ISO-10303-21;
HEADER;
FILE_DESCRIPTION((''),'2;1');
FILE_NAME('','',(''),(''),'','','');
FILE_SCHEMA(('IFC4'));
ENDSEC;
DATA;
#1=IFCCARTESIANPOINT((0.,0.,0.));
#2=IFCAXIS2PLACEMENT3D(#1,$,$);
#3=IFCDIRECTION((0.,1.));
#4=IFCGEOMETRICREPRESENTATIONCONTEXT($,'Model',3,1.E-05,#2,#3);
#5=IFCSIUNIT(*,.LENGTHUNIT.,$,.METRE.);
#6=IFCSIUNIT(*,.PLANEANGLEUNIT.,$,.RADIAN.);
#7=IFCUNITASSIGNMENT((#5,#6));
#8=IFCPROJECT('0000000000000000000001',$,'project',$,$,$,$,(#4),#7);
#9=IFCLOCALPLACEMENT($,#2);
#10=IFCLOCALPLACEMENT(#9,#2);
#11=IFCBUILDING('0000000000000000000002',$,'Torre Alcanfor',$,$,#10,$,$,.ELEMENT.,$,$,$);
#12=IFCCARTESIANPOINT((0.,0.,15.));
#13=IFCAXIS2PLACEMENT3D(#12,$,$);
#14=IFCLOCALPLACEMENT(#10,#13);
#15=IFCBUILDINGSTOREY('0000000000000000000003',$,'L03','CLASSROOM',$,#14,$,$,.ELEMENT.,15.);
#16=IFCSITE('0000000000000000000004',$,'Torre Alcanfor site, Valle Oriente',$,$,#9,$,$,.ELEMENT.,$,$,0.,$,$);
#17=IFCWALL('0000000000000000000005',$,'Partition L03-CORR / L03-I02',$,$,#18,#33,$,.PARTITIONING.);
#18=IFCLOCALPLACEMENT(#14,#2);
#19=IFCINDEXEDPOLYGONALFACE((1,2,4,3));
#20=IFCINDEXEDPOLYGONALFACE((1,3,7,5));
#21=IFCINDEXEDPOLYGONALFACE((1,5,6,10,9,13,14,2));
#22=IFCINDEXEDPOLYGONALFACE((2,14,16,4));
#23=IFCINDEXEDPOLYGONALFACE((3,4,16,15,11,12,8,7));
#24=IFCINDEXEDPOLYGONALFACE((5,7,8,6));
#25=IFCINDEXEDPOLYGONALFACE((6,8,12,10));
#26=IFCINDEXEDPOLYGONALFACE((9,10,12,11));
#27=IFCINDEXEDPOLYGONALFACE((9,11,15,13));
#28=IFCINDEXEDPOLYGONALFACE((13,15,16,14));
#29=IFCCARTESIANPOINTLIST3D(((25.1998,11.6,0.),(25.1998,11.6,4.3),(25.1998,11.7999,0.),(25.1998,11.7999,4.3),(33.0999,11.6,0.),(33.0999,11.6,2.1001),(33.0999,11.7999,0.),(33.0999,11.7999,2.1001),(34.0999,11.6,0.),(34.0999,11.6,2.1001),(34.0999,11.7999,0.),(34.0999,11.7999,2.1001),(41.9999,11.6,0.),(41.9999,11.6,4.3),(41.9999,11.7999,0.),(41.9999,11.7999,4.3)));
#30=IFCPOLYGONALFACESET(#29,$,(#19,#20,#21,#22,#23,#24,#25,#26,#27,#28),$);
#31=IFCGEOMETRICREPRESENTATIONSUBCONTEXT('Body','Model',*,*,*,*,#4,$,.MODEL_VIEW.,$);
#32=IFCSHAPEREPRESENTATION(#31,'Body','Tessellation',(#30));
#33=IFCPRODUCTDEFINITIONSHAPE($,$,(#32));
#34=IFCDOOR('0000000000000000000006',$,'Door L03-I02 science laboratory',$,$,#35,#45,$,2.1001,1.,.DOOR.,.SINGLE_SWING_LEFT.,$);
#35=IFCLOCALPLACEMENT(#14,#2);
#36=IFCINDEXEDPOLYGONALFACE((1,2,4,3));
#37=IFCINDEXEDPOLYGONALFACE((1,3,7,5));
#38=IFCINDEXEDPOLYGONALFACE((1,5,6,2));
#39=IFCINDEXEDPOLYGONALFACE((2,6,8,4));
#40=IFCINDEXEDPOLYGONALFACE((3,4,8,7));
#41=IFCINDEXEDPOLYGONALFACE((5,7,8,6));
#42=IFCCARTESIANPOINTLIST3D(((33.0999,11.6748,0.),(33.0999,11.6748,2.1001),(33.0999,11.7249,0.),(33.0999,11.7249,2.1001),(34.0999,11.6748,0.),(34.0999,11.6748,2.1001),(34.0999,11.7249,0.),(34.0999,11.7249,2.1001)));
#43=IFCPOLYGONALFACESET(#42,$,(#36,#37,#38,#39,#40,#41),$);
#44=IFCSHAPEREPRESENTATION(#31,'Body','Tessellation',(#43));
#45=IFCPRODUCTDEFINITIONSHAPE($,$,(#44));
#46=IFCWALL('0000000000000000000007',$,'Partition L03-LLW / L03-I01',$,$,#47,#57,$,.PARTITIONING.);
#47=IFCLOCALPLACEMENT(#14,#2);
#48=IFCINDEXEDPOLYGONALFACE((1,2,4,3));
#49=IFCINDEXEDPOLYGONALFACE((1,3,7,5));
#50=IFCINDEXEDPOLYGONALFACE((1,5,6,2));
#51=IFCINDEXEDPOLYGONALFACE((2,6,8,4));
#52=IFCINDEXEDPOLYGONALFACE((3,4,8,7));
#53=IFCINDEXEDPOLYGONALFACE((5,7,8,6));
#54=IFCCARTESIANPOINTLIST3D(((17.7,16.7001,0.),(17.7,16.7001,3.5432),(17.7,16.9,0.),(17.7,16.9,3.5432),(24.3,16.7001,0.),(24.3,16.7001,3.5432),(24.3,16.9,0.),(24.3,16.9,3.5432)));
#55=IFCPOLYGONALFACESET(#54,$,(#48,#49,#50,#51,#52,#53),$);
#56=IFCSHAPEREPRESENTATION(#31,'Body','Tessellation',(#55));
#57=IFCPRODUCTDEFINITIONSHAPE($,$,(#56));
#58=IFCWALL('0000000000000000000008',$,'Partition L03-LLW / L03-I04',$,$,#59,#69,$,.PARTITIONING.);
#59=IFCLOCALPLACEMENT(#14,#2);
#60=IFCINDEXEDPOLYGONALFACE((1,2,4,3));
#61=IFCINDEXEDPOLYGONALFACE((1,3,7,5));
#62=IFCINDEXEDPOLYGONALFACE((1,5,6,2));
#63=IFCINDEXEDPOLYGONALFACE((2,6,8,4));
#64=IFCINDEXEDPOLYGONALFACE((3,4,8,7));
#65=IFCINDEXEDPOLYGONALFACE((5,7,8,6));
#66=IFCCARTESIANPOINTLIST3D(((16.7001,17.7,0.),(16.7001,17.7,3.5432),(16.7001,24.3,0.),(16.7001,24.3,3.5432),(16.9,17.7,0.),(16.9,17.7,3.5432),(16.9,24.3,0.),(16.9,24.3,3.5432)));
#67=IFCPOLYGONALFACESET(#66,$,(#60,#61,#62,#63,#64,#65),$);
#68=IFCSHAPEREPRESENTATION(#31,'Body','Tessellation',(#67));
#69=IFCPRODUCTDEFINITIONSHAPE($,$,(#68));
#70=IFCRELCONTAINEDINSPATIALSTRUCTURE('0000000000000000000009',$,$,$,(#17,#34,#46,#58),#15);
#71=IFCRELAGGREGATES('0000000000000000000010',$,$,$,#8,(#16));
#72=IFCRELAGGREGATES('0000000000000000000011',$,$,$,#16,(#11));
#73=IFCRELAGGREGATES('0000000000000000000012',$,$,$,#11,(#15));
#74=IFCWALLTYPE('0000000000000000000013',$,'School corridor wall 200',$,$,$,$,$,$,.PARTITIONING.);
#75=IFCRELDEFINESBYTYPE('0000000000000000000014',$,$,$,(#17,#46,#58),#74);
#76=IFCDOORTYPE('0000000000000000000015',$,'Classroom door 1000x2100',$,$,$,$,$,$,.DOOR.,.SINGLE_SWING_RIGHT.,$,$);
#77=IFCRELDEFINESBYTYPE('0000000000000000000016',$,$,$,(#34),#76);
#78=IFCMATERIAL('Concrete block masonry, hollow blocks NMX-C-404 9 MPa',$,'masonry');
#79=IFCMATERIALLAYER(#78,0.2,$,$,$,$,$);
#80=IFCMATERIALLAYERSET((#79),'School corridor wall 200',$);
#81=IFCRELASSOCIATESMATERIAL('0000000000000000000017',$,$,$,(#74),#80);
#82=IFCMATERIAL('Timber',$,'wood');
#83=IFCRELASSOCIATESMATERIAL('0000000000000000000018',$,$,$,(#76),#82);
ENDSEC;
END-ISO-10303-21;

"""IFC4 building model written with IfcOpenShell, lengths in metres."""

from ifc_helpers import new_model, si_unit, direction, frame, frame_2d, origin, place, context, subcontext, project, spatial, rectangle, extrude, material, layer, layer_set, type_object, element, fill, save


model = new_model("IFC4")

# Units and contexts
model_context = context("Model", 3, precision=1e-05, world=origin(), true_north=direction((0.0, 1.0)))
body_context = subcontext(model_context, "Body", "Model", "MODEL_VIEW")
ifc_project = project(units=[si_unit("LENGTHUNIT", "METRE"), si_unit("PLANEANGLEUNIT", "RADIAN")], contexts=[model_context])

# Site, building, storey
site_placement = place(None, origin())
site = spatial("IfcSite", under=ifc_project, at=site_placement, Name="Torre Alcanfor site, Valle Oriente", CompositionType="ELEMENT", RefElevation=0.0)
building_placement = place(site_placement, origin())
building = spatial("IfcBuilding", under=site, at=building_placement, Name="Torre Alcanfor", CompositionType="ELEMENT")
storey_placement = place(building_placement, frame((0.0, 0.0, 15.0)))
storey = spatial("IfcBuildingStorey", under=building, at=storey_placement, Name="L03", Description="CLASSROOM", CompositionType="ELEMENT", Elevation=15.0)

# Wall, opening, door
ifc_material_1 = material(Name="Concrete block masonry, hollow blocks NMX-C-404 9 MPa", Category="masonry")
ifc_layer_1 = layer(ifc_material_1, 0.2)
ifc_layer_set_1 = layer_set([ifc_layer_1], Name="School corridor wall 200")
wall_type_1 = type_object("IfcWallType", Name="School corridor wall 200", PredefinedType="PARTITIONING", material=ifc_layer_set_1)
ifc_material_2 = material(Name="Timber", Category="wood")
door_type = type_object("IfcDoorType", Name="Classroom door 1000x2100", OperationType="SINGLE_SWING_RIGHT", PredefinedType="DOOR", material=ifc_material_2)
wall_1_placement = place(storey_placement, frame((25.2, 11.7, 0.0), z_axis=(0.0, 0.0, 1.0), x_axis=(1.0, 0.0, 0.0)))
wall_1 = element("IfcWall", 1, at=wall_1_placement, inside=storey, type_object=wall_type_1, Name="Partition L03-CORR / L03-I02", PredefinedType="PARTITIONING", context=body_context, shape_type="SweptSolid", body=[
    extrude(rectangle(XDim=16.8, YDim=0.2, at=frame_2d((8.3999, 0.0))), origin(), (0.0, 0.0, 1.0), 4.3),
])
opening_1_placement = place(wall_1_placement, frame((7.8999, 0.0, 0.0)))
opening_1 = element("IfcOpeningElement", 2, at=opening_1_placement, cuts=wall_1, PredefinedType="OPENING", context=body_context, shape_type="SweptSolid", body=[
    extrude(rectangle(XDim=1.0, YDim=2.1001, at=frame_2d((0.5, 1.05))), frame((0.0, 0.1099, 0.0), z_axis=(0.0, -1.0, 0.0), x_axis=(1.0, 0.0, 0.0)), (0.0, 0.0, 1.0), 0.22),
])
door_1_placement = place(opening_1_placement, origin())
door_1 = element("IfcDoor", 3, at=door_1_placement, inside=storey, type_object=door_type, Name="Door L03-I02 science laboratory", OperationType="SINGLE_SWING_LEFT", OverallHeight=2.1001, OverallWidth=1.0, PredefinedType="DOOR", context=body_context, shape_type="SweptSolid", body=[
    extrude(rectangle(XDim=1.0, YDim=2.1001, at=frame_2d((0.5, 1.05))), frame((0.0, 0.0249, 0.0), z_axis=(0.0, -1.0, 0.0), x_axis=(1.0, 0.0, 0.0)), (0.0, 0.0, 1.0), 0.05),
])
fill(opening_1, door_1)

# Walls
for number, where, z_axis, x_axis, name in (
    (4, (24.3, 16.8, 0.0), (0.0, 0.0, 1.0), (-1.0, 0.0, 0.0), "Partition L03-LLW / L03-I01"),
    (5, (16.8, 17.7, 0.0), (0.0, 0.0, 1.0), (0.0, 1.0, 0.0), "Partition L03-LLW / L03-I04"),
):
    element("IfcWall", number, at=place(storey_placement, frame(where, z_axis=z_axis, x_axis=x_axis)), inside=storey, type_object=wall_type_1, Name=name, PredefinedType="PARTITIONING", context=body_context, shape_type="SweptSolid", body=[
        extrude(rectangle(XDim=6.6001, YDim=0.2, at=frame_2d((3.3, 0.0))), origin(), (0.0, 0.0, 1.0), 3.5432),
    ])

save(model, "model.ifc")
